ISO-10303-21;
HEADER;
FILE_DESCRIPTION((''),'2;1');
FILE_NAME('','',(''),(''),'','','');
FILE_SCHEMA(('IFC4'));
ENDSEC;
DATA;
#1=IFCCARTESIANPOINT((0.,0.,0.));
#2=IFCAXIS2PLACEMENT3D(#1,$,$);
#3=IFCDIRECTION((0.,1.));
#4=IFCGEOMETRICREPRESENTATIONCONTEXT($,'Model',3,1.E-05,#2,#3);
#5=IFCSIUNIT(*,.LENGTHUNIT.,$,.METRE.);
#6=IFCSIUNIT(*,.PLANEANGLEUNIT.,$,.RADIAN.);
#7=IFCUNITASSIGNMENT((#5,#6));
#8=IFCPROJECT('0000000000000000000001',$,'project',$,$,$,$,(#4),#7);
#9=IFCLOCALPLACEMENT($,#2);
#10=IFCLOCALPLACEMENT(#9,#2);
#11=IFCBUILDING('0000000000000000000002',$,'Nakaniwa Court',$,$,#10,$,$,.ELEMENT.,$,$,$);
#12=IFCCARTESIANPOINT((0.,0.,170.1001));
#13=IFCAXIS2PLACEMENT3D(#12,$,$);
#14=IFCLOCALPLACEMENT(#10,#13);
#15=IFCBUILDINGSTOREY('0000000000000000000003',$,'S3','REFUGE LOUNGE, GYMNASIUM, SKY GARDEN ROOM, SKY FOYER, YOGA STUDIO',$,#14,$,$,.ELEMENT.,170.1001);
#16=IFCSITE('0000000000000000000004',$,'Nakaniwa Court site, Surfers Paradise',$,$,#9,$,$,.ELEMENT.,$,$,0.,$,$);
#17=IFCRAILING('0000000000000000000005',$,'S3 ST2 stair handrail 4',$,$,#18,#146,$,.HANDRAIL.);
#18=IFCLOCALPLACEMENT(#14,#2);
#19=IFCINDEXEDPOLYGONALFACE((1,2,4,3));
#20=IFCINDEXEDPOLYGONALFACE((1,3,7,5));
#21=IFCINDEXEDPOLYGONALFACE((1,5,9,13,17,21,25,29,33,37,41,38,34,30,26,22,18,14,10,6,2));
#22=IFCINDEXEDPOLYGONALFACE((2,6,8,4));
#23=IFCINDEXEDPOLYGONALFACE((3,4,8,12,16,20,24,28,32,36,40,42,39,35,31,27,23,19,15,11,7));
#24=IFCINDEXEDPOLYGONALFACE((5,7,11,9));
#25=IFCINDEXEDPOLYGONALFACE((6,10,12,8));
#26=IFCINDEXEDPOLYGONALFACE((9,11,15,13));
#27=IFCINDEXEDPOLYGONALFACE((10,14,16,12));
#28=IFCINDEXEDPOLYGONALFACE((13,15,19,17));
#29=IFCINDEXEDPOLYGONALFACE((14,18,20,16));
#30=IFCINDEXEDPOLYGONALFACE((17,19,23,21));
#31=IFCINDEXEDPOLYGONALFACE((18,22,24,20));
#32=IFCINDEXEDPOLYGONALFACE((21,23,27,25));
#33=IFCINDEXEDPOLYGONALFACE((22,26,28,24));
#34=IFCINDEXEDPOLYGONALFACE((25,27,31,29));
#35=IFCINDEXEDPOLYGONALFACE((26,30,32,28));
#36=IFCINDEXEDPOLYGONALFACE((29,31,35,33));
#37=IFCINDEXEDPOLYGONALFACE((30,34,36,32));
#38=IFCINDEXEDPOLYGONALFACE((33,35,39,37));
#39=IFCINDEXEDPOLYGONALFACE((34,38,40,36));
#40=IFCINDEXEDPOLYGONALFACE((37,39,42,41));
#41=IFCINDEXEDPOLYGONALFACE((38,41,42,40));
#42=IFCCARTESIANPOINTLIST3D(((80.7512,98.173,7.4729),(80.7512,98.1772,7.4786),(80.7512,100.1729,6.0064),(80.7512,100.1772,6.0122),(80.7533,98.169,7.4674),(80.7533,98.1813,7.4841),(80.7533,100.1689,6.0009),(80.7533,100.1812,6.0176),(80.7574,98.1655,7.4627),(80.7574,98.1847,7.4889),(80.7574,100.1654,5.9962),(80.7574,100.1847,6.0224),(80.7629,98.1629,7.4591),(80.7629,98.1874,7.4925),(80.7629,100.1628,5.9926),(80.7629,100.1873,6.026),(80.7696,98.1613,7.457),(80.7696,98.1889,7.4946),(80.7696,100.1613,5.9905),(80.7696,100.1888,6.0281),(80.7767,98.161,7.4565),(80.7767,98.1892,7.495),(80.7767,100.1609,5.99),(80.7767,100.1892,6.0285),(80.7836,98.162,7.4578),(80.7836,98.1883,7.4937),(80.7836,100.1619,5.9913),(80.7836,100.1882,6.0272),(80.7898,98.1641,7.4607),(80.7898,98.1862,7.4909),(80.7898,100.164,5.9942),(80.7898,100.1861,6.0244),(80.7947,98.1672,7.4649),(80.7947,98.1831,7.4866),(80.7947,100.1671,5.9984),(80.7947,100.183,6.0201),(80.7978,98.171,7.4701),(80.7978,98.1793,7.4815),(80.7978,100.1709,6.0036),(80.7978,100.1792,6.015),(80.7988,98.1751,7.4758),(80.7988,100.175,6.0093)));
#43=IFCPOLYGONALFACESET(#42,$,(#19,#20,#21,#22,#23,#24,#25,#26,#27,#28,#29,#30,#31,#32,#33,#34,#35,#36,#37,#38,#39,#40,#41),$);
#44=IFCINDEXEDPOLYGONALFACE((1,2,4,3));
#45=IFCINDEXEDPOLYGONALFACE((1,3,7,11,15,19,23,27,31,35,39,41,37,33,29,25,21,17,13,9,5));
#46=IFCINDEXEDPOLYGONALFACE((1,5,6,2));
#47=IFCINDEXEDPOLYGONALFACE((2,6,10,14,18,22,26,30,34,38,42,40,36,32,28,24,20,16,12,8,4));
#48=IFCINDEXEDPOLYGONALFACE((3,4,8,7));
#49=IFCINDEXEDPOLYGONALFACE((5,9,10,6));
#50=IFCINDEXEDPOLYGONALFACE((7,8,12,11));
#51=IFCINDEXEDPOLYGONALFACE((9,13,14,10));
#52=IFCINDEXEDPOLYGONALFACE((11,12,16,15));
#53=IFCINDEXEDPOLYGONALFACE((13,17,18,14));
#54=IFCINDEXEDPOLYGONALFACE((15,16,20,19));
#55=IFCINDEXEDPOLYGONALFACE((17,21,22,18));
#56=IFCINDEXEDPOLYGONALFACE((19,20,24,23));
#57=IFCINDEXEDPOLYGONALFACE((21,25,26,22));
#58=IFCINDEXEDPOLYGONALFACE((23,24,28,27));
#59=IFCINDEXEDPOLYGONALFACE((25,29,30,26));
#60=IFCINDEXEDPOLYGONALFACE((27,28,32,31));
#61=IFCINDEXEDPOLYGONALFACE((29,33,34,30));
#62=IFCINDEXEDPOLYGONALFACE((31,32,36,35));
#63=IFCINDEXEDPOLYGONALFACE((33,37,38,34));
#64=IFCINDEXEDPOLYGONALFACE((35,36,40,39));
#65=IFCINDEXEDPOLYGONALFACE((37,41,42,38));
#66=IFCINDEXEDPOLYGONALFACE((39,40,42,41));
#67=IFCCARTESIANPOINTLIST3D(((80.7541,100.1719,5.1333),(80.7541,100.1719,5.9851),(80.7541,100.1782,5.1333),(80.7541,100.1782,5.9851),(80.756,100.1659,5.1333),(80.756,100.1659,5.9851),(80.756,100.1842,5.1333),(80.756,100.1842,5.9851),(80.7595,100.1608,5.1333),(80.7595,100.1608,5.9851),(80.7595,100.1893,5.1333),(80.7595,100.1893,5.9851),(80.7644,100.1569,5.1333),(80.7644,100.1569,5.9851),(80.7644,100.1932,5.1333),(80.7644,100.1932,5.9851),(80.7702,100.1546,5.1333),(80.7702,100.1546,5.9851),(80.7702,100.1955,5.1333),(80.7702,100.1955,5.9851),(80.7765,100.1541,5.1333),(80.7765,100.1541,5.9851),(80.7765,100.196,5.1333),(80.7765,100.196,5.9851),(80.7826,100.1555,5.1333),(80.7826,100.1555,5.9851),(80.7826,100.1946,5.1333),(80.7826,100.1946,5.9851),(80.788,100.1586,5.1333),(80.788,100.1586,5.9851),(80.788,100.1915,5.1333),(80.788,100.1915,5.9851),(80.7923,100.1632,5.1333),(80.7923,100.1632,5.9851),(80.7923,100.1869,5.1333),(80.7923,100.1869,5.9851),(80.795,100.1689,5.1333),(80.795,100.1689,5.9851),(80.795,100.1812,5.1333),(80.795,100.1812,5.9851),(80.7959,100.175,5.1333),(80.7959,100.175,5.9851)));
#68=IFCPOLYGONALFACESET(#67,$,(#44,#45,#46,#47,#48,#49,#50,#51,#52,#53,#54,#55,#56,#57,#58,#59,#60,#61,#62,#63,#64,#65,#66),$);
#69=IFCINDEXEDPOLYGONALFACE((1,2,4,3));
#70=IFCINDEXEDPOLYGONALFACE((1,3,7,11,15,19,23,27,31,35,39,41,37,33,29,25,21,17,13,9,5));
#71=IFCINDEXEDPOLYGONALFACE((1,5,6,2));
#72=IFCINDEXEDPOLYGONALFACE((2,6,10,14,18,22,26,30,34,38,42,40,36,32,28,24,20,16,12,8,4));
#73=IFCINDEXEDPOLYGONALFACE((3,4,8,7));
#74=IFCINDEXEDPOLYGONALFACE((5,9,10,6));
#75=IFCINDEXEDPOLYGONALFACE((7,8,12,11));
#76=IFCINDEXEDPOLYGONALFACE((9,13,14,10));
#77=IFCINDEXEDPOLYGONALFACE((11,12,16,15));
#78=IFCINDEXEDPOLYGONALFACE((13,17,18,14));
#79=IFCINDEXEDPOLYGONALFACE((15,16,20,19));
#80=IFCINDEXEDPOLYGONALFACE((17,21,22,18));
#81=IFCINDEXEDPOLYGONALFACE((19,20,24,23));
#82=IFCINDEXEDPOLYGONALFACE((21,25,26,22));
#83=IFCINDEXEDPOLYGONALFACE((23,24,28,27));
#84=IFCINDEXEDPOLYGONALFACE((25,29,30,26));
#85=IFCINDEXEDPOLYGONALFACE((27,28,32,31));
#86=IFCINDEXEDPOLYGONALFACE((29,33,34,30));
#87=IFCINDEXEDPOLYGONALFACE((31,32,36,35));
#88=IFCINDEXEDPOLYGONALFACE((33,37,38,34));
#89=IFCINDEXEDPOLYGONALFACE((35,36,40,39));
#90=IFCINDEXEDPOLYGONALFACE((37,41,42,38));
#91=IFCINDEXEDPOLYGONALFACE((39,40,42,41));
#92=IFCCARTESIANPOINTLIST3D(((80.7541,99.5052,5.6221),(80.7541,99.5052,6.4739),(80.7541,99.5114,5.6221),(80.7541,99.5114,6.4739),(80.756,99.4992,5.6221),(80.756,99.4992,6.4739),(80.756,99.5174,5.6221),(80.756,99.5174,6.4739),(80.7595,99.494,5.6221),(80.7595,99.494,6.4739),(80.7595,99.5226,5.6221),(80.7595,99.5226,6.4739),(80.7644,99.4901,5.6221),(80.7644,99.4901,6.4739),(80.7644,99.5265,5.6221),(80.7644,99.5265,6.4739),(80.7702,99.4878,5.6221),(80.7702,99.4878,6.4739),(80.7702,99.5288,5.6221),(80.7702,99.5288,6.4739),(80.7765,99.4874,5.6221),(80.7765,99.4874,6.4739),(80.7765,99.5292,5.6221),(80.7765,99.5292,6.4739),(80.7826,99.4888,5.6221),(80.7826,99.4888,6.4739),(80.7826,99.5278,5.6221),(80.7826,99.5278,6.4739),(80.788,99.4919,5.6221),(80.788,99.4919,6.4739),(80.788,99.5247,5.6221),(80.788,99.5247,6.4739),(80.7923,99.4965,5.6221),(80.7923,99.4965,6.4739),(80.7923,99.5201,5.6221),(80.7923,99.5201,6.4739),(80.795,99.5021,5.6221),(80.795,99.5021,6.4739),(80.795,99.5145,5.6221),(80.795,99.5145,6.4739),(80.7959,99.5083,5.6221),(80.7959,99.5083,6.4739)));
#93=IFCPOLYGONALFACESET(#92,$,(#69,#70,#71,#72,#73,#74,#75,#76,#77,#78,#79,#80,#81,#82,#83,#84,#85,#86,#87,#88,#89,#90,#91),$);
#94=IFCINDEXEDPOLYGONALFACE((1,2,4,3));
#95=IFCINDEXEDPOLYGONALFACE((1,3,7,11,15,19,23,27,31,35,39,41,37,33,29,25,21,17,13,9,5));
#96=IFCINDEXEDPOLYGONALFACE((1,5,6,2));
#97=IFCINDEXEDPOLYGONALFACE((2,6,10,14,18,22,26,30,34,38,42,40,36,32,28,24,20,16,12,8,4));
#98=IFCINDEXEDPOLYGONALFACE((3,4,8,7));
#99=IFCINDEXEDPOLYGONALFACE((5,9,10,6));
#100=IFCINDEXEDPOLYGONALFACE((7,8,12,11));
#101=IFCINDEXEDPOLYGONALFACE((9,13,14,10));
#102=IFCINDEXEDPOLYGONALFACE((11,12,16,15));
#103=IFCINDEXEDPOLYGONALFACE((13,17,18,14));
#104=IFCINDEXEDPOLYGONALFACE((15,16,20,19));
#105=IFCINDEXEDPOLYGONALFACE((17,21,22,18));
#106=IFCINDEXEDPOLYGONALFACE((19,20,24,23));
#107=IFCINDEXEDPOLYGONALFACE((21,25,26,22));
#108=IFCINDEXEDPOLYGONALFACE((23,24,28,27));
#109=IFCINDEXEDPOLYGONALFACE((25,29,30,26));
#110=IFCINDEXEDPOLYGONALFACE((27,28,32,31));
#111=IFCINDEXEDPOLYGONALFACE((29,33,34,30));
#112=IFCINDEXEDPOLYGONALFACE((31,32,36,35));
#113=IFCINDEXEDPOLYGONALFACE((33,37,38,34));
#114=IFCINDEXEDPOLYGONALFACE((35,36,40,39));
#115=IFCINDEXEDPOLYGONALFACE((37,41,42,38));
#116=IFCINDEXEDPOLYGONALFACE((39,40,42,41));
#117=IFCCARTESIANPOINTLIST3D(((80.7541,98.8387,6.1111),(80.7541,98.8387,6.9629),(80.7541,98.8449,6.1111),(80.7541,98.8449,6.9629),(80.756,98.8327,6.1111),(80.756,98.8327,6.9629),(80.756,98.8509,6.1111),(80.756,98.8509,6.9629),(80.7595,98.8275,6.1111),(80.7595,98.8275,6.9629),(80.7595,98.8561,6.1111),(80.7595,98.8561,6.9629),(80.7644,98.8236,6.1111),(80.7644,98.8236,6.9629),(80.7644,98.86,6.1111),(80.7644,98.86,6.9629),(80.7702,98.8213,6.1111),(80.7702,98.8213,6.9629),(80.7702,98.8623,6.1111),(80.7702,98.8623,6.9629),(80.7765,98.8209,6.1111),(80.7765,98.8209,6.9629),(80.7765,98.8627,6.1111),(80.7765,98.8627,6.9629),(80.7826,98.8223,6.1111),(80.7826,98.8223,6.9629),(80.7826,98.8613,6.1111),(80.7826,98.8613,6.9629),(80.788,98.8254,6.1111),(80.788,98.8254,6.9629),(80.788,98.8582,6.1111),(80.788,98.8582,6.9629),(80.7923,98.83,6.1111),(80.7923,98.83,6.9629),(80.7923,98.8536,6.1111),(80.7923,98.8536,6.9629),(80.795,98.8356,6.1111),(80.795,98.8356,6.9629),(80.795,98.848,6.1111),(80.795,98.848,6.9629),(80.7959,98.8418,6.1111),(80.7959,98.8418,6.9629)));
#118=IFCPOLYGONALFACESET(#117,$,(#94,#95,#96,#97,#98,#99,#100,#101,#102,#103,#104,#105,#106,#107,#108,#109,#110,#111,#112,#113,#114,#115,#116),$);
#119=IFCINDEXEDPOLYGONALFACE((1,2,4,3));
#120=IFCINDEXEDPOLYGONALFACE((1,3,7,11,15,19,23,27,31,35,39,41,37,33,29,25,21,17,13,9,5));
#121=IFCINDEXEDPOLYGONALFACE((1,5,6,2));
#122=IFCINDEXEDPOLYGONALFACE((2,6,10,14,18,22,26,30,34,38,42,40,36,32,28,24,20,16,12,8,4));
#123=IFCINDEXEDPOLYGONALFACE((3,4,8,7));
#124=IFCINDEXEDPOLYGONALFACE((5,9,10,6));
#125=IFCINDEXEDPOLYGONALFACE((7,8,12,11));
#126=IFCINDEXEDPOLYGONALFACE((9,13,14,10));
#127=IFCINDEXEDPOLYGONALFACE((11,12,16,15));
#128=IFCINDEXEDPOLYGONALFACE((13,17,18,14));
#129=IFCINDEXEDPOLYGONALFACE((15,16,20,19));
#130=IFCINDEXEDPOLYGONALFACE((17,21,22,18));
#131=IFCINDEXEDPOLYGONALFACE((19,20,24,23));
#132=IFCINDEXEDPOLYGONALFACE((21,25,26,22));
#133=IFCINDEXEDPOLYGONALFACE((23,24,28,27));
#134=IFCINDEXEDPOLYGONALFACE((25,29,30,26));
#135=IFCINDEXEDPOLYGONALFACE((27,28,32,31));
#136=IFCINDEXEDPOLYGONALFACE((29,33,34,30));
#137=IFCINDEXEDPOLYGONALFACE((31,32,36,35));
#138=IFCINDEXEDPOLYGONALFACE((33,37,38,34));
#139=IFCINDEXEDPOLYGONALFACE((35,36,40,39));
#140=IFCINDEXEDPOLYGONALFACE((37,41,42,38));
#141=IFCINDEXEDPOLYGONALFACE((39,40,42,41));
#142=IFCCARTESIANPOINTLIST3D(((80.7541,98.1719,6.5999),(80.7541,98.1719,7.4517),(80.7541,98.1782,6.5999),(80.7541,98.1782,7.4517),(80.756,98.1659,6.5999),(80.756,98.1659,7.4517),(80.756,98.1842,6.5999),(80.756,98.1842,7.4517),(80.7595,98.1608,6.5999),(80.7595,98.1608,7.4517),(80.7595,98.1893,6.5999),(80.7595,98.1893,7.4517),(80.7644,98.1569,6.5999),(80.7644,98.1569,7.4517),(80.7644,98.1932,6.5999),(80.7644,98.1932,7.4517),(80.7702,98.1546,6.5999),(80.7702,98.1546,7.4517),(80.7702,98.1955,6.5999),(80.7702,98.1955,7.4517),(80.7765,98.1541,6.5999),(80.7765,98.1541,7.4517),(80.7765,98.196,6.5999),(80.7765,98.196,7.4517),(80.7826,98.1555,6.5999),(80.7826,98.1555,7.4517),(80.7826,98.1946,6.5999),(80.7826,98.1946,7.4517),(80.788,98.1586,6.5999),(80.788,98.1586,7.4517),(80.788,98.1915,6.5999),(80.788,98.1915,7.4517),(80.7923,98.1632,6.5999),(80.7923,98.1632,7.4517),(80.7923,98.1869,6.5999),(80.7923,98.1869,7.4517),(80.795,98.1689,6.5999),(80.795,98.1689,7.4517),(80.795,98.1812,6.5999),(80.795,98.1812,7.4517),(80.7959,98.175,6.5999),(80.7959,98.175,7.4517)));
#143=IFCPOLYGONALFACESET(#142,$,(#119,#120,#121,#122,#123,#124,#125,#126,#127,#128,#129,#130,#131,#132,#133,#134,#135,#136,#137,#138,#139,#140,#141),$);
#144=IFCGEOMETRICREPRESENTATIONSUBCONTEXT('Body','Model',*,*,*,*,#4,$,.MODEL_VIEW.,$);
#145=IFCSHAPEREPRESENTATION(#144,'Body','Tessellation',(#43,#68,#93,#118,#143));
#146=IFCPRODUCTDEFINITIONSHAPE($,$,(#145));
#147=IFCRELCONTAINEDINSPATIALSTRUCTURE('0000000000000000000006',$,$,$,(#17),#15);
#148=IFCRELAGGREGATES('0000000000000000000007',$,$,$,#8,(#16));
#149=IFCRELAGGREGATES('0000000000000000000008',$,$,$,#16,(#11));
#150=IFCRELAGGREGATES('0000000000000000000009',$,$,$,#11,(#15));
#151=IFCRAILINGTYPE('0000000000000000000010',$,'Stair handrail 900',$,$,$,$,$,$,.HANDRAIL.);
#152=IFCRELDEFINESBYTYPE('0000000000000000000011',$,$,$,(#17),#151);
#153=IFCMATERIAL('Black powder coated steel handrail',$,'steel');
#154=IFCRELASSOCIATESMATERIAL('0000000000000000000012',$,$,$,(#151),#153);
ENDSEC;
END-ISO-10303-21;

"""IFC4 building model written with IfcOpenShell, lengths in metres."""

from ifc_helpers import new_model, si_unit, direction, frame, origin, origin_2d, place, context, subcontext, project, spatial, circle, extrude, material, type_object, element, save


model = new_model("IFC4")

# Units and contexts
model_context = context("Model", 3, precision=1e-05, world=origin(), true_north=direction((0.0, 1.0)))
body_context = subcontext(model_context, "Body", "Model", "MODEL_VIEW")
ifc_project = project(units=[si_unit("LENGTHUNIT", "METRE"), si_unit("PLANEANGLEUNIT", "RADIAN")], contexts=[model_context])

# Site, building, storey
site_placement = place(None, origin())
site = spatial("IfcSite", under=ifc_project, at=site_placement, Name="Nakaniwa Court site, Surfers Paradise", CompositionType="ELEMENT", RefElevation=0.0)
building_placement = place(site_placement, origin())
building = spatial("IfcBuilding", under=site, at=building_placement, Name="Nakaniwa Court", CompositionType="ELEMENT")
storey_placement = place(building_placement, frame((0.0, 0.0, 170.1001)))
storey = spatial("IfcBuildingStorey", under=building, at=storey_placement, Name="S3", Description="REFUGE LOUNGE, GYMNASIUM, SKY GARDEN ROOM, SKY FOYER, YOGA STUDIO", CompositionType="ELEMENT", Elevation=170.1001)

# Railing
ifc_material_1 = material(Name="Black powder coated steel handrail", Category="steel")
railing_type_1 = type_object("IfcRailingType", Name="Stair handrail 900", PredefinedType="HANDRAIL", material=ifc_material_1)
railing_1_placement = place(storey_placement, frame((80.7749, 100.175, 5.1333)))
element("IfcRailing", 1, at=railing_1_placement, inside=storey, type_object=railing_type_1, Name="S3 ST2 stair handrail 4", PredefinedType="HANDRAIL", context=body_context, shape_type="SweptSolid", body=[
    extrude(circle(Radius=0.0239, at=origin_2d()), frame((0.0, 0.0, 0.876), z_axis=(0.0, -0.806427, 0.591334), x_axis=(1.0, 0.0, 0.0)), (0.0, 0.0, 1.0), 2.48),
    extrude(circle(Radius=0.021, at=origin_2d()), origin(), (0.0, 0.0, 1.0), 0.8518),
    extrude(circle(Radius=0.021, at=origin_2d()), frame((0.0, -0.6667, 0.4888)), (0.0, 0.0, 1.0), 0.8518),
    extrude(circle(Radius=0.021, at=origin_2d()), frame((0.0, -1.3333, 0.9778)), (0.0, 0.0, 1.0), 0.8518),
    extrude(circle(Radius=0.021, at=origin_2d()), frame((0.0, -2.0, 1.4666)), (0.0, 0.0, 1.0), 0.8518),
])

save(model, "model.ifc")
